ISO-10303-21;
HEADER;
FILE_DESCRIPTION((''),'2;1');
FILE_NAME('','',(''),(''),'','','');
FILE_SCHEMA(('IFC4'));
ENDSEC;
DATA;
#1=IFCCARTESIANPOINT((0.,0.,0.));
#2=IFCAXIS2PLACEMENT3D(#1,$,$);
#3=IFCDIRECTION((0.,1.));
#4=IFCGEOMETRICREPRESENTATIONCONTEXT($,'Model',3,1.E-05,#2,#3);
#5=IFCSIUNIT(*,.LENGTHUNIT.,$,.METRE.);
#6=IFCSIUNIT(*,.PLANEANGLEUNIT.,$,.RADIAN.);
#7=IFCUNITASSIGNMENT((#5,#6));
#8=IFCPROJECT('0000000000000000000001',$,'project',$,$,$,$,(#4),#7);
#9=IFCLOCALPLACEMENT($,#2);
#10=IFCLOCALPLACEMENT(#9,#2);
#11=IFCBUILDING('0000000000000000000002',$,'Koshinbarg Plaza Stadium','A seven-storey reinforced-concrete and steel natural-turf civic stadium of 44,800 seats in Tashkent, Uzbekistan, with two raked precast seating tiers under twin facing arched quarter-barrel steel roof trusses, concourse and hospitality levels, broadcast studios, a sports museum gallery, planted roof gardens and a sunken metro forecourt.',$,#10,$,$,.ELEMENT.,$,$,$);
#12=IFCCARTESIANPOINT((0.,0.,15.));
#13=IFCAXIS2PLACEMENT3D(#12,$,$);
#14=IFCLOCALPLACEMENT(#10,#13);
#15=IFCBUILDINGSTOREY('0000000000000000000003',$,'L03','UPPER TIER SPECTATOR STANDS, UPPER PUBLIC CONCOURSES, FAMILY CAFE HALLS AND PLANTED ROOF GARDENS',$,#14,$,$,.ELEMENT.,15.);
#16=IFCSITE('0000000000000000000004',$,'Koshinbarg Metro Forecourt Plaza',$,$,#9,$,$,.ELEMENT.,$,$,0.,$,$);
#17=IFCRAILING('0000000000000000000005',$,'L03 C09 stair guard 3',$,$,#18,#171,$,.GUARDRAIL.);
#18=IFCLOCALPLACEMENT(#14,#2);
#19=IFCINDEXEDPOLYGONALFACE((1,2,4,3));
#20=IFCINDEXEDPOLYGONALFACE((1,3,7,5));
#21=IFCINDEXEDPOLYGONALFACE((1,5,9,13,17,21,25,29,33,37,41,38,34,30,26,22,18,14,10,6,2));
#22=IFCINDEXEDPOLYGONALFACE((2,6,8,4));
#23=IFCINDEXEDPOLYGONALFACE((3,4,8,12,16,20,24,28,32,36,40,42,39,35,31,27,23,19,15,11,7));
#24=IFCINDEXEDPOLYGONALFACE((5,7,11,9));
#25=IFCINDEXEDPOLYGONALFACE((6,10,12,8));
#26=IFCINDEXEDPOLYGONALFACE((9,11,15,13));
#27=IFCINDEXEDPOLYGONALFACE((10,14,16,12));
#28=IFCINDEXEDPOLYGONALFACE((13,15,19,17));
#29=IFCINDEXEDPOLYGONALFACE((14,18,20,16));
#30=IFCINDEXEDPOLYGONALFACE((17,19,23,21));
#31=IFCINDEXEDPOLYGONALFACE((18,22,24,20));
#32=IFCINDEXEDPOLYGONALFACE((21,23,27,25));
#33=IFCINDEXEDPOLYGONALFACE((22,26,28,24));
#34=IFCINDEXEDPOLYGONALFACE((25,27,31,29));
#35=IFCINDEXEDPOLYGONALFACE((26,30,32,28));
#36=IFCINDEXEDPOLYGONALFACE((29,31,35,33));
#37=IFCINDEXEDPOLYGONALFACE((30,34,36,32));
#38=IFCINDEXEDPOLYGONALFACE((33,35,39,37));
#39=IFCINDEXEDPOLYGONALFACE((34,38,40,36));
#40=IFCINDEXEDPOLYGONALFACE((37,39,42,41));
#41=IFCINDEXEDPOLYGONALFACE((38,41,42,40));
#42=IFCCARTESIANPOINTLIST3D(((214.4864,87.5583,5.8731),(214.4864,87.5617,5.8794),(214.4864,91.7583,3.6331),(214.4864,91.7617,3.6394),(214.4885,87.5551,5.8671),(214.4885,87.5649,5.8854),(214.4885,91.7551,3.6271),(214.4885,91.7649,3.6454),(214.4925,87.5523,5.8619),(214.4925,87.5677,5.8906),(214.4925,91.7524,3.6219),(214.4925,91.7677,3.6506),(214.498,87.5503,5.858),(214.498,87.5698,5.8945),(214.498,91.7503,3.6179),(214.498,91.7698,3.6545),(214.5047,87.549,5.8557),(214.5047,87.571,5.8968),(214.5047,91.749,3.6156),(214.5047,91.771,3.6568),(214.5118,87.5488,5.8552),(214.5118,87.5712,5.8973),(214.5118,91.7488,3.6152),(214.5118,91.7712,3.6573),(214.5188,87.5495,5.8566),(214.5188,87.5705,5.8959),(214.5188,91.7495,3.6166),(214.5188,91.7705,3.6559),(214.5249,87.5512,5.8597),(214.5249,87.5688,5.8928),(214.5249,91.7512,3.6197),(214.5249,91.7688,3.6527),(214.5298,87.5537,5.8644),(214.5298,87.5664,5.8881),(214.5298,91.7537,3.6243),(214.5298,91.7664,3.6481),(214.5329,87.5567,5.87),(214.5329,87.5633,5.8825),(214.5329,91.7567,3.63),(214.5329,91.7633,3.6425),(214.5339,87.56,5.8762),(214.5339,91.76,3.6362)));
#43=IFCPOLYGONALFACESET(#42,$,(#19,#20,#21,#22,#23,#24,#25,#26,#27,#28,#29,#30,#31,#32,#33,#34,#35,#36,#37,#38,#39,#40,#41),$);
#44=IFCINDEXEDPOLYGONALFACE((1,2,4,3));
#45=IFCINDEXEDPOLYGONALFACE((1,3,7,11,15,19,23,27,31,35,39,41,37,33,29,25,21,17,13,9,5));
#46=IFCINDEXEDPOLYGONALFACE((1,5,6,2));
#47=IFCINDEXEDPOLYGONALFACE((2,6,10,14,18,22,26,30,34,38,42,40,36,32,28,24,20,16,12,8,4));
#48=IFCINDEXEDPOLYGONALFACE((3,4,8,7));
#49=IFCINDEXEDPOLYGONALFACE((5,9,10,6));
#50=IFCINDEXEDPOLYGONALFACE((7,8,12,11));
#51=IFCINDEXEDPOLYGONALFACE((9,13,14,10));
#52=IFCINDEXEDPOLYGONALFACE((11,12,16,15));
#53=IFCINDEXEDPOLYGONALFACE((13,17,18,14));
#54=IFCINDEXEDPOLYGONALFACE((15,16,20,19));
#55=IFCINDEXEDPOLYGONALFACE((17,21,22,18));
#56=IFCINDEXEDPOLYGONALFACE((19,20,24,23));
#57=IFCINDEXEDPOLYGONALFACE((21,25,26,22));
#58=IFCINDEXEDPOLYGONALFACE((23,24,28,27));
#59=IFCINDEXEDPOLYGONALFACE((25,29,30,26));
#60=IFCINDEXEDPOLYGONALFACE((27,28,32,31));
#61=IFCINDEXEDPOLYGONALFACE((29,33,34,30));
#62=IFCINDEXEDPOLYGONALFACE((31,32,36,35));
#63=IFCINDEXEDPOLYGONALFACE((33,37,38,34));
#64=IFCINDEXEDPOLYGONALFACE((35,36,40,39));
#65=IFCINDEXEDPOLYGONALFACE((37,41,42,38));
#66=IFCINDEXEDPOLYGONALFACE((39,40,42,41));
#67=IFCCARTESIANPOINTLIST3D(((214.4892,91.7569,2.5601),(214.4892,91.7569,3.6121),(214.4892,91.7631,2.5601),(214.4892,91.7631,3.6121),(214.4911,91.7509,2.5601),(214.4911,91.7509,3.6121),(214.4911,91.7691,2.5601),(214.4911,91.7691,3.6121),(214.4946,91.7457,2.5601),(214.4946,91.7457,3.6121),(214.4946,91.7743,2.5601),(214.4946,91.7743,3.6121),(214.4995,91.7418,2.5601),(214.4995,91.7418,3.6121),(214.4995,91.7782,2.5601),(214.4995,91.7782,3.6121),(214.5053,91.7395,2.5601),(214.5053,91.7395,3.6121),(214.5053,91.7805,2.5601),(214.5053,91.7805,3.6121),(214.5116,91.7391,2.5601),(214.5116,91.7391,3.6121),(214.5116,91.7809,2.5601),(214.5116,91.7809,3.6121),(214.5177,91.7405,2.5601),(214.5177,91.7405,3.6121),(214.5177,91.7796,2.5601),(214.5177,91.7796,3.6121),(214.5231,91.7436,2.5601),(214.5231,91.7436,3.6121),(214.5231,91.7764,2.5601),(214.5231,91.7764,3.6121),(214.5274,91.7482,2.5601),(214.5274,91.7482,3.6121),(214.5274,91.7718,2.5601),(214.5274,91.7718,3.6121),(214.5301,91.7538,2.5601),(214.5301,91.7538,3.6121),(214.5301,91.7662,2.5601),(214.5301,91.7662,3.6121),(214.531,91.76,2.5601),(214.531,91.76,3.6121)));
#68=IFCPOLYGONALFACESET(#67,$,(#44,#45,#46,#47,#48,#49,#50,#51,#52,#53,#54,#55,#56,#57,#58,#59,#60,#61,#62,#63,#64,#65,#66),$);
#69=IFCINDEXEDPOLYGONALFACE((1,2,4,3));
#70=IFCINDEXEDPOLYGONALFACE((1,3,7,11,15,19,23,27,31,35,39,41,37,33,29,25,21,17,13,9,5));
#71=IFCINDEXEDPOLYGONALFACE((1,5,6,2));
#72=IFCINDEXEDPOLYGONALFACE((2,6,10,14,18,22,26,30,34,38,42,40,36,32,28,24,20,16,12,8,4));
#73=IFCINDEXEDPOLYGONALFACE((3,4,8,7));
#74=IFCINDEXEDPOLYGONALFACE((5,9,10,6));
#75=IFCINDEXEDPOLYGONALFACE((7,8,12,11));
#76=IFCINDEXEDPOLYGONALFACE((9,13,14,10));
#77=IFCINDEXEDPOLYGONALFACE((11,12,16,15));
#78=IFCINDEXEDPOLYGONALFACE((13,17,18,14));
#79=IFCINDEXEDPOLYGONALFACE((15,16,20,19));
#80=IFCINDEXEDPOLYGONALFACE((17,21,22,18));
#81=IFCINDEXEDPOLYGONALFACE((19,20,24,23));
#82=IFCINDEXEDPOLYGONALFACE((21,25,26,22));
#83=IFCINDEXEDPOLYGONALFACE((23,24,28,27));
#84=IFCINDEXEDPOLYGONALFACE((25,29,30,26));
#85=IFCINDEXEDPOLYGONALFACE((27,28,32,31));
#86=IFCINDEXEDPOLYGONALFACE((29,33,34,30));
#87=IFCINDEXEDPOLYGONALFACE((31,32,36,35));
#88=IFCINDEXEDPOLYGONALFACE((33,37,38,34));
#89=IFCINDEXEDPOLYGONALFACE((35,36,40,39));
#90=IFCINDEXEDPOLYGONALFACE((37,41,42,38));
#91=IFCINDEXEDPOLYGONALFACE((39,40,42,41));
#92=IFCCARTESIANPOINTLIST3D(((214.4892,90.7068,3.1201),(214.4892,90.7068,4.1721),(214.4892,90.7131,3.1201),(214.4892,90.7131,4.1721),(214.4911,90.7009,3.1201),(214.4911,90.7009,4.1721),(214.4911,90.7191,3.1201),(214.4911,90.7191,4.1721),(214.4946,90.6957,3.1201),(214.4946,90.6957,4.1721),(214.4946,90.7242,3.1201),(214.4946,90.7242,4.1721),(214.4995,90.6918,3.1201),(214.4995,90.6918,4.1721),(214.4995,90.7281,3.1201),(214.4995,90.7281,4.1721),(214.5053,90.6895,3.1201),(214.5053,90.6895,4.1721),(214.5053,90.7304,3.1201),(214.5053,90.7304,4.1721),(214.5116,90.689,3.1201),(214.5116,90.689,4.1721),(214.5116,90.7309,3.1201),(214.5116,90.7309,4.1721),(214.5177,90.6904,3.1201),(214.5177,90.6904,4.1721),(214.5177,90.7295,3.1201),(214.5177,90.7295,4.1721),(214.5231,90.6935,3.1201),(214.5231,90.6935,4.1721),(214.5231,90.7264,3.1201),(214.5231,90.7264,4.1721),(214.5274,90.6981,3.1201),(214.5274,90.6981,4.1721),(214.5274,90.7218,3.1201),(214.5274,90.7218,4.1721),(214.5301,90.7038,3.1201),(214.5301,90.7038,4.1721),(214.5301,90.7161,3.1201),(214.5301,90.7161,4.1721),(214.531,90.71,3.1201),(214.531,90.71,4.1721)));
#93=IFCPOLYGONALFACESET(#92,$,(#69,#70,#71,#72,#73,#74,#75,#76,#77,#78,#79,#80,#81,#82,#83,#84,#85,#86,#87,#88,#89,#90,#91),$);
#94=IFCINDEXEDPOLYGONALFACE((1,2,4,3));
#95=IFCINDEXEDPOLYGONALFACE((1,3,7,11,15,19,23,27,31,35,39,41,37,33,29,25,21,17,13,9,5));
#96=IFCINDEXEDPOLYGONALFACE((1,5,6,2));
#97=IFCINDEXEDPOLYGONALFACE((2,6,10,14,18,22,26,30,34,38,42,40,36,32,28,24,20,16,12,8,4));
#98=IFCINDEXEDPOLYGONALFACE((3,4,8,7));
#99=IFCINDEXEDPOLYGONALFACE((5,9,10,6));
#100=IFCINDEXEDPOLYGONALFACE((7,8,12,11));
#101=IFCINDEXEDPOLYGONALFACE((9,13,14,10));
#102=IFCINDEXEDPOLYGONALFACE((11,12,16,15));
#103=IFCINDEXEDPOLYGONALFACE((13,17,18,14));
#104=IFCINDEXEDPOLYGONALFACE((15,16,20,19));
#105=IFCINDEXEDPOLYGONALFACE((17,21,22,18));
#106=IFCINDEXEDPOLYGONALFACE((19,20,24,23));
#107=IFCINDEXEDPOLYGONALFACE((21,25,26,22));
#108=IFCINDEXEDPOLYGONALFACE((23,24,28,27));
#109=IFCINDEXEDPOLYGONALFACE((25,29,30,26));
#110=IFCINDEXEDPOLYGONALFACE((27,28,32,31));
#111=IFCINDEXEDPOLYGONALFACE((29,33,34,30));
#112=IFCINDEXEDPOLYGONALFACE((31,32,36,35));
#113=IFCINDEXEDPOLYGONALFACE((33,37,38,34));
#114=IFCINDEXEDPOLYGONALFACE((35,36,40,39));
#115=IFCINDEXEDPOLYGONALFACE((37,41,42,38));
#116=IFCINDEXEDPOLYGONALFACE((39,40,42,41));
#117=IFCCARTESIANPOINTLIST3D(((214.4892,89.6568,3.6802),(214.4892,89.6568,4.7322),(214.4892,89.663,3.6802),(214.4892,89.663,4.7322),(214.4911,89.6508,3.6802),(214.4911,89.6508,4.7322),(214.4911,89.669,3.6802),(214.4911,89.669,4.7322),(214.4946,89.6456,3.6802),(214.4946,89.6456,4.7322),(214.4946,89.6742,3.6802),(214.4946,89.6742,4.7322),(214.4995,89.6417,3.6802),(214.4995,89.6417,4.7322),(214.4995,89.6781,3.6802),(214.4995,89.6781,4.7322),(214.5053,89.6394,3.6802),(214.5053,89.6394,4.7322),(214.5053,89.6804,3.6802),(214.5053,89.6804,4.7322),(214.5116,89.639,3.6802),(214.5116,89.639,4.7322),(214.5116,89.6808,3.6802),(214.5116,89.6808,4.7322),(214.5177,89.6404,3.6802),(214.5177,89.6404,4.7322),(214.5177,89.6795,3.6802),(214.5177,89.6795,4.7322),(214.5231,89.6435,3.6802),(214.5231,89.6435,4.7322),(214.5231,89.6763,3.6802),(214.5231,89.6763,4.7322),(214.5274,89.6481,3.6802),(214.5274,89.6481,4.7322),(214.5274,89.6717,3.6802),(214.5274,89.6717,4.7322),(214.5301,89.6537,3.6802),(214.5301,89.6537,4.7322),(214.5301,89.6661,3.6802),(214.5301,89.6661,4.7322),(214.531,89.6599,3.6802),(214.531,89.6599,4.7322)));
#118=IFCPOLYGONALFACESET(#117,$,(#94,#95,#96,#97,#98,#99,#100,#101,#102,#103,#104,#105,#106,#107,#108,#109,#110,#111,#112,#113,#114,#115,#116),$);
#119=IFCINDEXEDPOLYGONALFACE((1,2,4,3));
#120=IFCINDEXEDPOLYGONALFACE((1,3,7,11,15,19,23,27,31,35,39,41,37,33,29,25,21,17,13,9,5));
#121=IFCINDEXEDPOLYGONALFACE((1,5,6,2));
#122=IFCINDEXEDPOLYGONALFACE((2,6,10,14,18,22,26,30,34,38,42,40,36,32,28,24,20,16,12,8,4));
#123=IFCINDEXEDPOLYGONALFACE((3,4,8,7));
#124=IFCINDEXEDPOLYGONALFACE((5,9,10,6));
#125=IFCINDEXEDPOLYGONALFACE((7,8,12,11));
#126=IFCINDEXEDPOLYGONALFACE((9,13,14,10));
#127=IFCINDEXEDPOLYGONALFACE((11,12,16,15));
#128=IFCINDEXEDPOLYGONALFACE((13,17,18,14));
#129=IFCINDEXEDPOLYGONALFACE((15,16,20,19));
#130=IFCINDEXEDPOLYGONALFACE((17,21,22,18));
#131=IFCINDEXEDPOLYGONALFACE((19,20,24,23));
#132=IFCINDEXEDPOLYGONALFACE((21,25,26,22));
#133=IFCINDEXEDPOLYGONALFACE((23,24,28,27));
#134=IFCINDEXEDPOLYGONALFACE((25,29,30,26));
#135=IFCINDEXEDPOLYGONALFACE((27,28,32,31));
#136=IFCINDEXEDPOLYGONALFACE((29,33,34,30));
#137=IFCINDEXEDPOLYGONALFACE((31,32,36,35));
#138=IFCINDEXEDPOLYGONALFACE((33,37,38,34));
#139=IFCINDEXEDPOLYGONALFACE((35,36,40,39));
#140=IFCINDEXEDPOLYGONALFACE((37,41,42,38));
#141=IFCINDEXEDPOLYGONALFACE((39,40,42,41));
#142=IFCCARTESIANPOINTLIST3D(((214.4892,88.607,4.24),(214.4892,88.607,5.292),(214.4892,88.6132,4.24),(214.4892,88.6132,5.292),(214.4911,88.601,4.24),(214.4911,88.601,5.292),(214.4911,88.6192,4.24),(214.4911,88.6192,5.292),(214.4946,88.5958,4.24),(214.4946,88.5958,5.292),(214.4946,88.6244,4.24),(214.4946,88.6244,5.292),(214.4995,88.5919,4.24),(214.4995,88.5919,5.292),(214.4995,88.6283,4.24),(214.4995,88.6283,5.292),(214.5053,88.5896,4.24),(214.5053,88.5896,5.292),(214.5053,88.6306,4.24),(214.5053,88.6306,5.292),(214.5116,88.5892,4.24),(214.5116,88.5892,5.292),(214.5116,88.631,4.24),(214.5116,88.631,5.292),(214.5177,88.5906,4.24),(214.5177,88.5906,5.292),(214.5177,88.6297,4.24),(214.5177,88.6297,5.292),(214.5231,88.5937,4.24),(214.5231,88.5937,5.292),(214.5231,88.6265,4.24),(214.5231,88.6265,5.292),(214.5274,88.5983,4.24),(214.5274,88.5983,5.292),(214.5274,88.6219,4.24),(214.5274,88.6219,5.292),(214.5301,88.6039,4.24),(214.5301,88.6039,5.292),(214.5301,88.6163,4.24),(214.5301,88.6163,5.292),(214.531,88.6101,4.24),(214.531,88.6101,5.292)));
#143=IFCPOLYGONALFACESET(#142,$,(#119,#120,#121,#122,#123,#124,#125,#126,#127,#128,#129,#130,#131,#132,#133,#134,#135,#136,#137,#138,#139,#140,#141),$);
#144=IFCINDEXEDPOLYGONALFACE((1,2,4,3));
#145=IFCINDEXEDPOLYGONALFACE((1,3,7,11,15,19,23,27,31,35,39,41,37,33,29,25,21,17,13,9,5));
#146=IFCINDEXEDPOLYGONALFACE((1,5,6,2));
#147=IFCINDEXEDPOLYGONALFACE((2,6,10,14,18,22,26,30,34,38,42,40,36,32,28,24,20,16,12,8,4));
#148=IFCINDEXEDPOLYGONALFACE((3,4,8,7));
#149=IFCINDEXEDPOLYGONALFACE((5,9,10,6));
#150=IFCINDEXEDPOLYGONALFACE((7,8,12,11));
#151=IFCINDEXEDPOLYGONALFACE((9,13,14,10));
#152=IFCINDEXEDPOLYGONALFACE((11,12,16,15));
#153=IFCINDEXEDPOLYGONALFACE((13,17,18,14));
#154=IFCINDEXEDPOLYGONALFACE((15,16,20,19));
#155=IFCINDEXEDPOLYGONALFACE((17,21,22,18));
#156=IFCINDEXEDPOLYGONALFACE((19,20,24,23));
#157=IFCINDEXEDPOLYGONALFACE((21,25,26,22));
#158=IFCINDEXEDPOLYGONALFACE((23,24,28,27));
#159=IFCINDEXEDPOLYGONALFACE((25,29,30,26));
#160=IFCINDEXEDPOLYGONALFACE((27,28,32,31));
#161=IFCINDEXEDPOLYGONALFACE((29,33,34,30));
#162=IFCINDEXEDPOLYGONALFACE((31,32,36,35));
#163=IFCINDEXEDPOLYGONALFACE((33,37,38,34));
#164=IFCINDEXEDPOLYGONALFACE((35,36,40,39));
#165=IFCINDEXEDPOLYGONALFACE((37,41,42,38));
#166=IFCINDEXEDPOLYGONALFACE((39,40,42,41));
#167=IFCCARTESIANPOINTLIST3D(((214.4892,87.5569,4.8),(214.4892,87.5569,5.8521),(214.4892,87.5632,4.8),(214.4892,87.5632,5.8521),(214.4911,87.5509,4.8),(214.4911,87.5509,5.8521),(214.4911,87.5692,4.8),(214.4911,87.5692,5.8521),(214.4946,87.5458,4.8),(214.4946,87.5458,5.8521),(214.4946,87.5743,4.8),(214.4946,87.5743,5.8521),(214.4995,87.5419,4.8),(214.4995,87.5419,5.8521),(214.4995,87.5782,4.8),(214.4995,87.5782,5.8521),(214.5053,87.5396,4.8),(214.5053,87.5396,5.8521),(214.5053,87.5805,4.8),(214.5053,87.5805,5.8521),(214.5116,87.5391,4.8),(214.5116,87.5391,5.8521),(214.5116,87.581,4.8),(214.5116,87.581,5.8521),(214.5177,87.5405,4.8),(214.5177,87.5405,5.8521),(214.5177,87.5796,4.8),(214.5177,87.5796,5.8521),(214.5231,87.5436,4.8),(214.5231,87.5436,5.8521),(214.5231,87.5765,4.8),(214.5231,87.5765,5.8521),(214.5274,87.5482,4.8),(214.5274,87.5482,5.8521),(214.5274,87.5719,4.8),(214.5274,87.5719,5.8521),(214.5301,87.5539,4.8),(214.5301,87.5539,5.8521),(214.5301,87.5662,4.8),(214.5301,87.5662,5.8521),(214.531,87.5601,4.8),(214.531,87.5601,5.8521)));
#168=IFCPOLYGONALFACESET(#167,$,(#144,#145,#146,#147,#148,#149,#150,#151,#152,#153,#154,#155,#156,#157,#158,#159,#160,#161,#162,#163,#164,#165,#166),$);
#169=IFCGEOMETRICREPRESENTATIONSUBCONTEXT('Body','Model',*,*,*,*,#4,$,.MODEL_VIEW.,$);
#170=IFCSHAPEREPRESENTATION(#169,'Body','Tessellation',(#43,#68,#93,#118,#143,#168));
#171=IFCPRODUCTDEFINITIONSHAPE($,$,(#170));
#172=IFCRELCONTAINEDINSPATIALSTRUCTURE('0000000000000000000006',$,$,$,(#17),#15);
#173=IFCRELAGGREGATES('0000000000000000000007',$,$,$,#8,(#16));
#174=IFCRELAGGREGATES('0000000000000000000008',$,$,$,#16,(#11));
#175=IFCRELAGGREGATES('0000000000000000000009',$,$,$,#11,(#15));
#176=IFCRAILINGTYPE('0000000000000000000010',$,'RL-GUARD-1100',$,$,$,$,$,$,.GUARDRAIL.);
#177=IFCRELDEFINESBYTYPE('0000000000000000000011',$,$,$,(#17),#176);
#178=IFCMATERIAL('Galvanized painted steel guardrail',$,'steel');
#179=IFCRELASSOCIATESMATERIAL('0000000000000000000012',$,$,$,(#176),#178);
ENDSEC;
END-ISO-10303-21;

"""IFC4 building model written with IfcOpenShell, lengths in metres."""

from ifc_helpers import new_model, si_unit, direction, frame, origin, origin_2d, place, context, subcontext, project, spatial, circle, extrude, material, type_object, element, save


model = new_model("IFC4")

# Units and contexts
model_context = context("Model", 3, precision=1e-05, world=origin(), true_north=direction((0.0, 1.0)))
body_context = subcontext(model_context, "Body", "Model", "MODEL_VIEW")
ifc_project = project(units=[si_unit("LENGTHUNIT", "METRE"), si_unit("PLANEANGLEUNIT", "RADIAN")], contexts=[model_context])

# Site, building, storey
site_placement = place(None, origin())
site = spatial("IfcSite", under=ifc_project, at=site_placement, Name="Koshinbarg Metro Forecourt Plaza", CompositionType="ELEMENT", RefElevation=0.0)
building_placement = place(site_placement, origin())
building = spatial("IfcBuilding", under=site, at=building_placement, Name="Koshinbarg Plaza Stadium", Description="A seven-storey reinforced-concrete and steel natural-turf civic stadium of 44,800 seats in Tashkent, Uzbekistan, with two raked precast seating tiers under twin facing arched quarter-barrel steel roof trusses, concourse and hospitality levels, broadcast studios, a sports museum gallery, planted roof gardens and a sunken metro forecourt.", CompositionType="ELEMENT")
storey_placement = place(building_placement, frame((0.0, 0.0, 15.0)))
storey = spatial("IfcBuildingStorey", under=building, at=storey_placement, Name="L03", Description="UPPER TIER SPECTATOR STANDS, UPPER PUBLIC CONCOURSES, FAMILY CAFE HALLS AND PLANTED ROOF GARDENS", CompositionType="ELEMENT", Elevation=15.0)

# Railing
ifc_material_1 = material(Name="Galvanized painted steel guardrail", Category="steel")
railing_type_1 = type_object("IfcRailingType", Name="RL-GUARD-1100", PredefinedType="GUARDRAIL", material=ifc_material_1)
railing_1_placement = place(storey_placement, frame((214.51, 91.76, 2.5601)))
element("IfcRailing", 1, at=railing_1_placement, inside=storey, type_object=railing_type_1, Name="L03 C09 stair guard 3", PredefinedType="GUARDRAIL", context=body_context, shape_type="SweptSolid", body=[
    extrude(circle(Radius=0.0239, at=origin_2d()), frame((0.0, 0.0, 1.0762), z_axis=(0.0, -0.882352, 0.470591), x_axis=(1.0, 0.0, 0.0)), (0.0, 0.0, 1.0), 4.76),
    extrude(circle(Radius=0.021, at=origin_2d()), origin(), (0.0, 0.0, 1.0), 1.052),
    extrude(circle(Radius=0.021, at=origin_2d()), frame((0.0, -1.05, 0.5601)), (0.0, 0.0, 1.0), 1.052),
    extrude(circle(Radius=0.021, at=origin_2d()), frame((0.0, -2.1001, 1.1201)), (0.0, 0.0, 1.0), 1.052),
    extrude(circle(Radius=0.021, at=origin_2d()), frame((0.0, -3.1499, 1.6799)), (0.0, 0.0, 1.0), 1.052),
    extrude(circle(Radius=0.021, at=origin_2d()), frame((0.0, -4.2, 2.24)), (0.0, 0.0, 1.0), 1.052),
])

save(model, "model.ifc")
